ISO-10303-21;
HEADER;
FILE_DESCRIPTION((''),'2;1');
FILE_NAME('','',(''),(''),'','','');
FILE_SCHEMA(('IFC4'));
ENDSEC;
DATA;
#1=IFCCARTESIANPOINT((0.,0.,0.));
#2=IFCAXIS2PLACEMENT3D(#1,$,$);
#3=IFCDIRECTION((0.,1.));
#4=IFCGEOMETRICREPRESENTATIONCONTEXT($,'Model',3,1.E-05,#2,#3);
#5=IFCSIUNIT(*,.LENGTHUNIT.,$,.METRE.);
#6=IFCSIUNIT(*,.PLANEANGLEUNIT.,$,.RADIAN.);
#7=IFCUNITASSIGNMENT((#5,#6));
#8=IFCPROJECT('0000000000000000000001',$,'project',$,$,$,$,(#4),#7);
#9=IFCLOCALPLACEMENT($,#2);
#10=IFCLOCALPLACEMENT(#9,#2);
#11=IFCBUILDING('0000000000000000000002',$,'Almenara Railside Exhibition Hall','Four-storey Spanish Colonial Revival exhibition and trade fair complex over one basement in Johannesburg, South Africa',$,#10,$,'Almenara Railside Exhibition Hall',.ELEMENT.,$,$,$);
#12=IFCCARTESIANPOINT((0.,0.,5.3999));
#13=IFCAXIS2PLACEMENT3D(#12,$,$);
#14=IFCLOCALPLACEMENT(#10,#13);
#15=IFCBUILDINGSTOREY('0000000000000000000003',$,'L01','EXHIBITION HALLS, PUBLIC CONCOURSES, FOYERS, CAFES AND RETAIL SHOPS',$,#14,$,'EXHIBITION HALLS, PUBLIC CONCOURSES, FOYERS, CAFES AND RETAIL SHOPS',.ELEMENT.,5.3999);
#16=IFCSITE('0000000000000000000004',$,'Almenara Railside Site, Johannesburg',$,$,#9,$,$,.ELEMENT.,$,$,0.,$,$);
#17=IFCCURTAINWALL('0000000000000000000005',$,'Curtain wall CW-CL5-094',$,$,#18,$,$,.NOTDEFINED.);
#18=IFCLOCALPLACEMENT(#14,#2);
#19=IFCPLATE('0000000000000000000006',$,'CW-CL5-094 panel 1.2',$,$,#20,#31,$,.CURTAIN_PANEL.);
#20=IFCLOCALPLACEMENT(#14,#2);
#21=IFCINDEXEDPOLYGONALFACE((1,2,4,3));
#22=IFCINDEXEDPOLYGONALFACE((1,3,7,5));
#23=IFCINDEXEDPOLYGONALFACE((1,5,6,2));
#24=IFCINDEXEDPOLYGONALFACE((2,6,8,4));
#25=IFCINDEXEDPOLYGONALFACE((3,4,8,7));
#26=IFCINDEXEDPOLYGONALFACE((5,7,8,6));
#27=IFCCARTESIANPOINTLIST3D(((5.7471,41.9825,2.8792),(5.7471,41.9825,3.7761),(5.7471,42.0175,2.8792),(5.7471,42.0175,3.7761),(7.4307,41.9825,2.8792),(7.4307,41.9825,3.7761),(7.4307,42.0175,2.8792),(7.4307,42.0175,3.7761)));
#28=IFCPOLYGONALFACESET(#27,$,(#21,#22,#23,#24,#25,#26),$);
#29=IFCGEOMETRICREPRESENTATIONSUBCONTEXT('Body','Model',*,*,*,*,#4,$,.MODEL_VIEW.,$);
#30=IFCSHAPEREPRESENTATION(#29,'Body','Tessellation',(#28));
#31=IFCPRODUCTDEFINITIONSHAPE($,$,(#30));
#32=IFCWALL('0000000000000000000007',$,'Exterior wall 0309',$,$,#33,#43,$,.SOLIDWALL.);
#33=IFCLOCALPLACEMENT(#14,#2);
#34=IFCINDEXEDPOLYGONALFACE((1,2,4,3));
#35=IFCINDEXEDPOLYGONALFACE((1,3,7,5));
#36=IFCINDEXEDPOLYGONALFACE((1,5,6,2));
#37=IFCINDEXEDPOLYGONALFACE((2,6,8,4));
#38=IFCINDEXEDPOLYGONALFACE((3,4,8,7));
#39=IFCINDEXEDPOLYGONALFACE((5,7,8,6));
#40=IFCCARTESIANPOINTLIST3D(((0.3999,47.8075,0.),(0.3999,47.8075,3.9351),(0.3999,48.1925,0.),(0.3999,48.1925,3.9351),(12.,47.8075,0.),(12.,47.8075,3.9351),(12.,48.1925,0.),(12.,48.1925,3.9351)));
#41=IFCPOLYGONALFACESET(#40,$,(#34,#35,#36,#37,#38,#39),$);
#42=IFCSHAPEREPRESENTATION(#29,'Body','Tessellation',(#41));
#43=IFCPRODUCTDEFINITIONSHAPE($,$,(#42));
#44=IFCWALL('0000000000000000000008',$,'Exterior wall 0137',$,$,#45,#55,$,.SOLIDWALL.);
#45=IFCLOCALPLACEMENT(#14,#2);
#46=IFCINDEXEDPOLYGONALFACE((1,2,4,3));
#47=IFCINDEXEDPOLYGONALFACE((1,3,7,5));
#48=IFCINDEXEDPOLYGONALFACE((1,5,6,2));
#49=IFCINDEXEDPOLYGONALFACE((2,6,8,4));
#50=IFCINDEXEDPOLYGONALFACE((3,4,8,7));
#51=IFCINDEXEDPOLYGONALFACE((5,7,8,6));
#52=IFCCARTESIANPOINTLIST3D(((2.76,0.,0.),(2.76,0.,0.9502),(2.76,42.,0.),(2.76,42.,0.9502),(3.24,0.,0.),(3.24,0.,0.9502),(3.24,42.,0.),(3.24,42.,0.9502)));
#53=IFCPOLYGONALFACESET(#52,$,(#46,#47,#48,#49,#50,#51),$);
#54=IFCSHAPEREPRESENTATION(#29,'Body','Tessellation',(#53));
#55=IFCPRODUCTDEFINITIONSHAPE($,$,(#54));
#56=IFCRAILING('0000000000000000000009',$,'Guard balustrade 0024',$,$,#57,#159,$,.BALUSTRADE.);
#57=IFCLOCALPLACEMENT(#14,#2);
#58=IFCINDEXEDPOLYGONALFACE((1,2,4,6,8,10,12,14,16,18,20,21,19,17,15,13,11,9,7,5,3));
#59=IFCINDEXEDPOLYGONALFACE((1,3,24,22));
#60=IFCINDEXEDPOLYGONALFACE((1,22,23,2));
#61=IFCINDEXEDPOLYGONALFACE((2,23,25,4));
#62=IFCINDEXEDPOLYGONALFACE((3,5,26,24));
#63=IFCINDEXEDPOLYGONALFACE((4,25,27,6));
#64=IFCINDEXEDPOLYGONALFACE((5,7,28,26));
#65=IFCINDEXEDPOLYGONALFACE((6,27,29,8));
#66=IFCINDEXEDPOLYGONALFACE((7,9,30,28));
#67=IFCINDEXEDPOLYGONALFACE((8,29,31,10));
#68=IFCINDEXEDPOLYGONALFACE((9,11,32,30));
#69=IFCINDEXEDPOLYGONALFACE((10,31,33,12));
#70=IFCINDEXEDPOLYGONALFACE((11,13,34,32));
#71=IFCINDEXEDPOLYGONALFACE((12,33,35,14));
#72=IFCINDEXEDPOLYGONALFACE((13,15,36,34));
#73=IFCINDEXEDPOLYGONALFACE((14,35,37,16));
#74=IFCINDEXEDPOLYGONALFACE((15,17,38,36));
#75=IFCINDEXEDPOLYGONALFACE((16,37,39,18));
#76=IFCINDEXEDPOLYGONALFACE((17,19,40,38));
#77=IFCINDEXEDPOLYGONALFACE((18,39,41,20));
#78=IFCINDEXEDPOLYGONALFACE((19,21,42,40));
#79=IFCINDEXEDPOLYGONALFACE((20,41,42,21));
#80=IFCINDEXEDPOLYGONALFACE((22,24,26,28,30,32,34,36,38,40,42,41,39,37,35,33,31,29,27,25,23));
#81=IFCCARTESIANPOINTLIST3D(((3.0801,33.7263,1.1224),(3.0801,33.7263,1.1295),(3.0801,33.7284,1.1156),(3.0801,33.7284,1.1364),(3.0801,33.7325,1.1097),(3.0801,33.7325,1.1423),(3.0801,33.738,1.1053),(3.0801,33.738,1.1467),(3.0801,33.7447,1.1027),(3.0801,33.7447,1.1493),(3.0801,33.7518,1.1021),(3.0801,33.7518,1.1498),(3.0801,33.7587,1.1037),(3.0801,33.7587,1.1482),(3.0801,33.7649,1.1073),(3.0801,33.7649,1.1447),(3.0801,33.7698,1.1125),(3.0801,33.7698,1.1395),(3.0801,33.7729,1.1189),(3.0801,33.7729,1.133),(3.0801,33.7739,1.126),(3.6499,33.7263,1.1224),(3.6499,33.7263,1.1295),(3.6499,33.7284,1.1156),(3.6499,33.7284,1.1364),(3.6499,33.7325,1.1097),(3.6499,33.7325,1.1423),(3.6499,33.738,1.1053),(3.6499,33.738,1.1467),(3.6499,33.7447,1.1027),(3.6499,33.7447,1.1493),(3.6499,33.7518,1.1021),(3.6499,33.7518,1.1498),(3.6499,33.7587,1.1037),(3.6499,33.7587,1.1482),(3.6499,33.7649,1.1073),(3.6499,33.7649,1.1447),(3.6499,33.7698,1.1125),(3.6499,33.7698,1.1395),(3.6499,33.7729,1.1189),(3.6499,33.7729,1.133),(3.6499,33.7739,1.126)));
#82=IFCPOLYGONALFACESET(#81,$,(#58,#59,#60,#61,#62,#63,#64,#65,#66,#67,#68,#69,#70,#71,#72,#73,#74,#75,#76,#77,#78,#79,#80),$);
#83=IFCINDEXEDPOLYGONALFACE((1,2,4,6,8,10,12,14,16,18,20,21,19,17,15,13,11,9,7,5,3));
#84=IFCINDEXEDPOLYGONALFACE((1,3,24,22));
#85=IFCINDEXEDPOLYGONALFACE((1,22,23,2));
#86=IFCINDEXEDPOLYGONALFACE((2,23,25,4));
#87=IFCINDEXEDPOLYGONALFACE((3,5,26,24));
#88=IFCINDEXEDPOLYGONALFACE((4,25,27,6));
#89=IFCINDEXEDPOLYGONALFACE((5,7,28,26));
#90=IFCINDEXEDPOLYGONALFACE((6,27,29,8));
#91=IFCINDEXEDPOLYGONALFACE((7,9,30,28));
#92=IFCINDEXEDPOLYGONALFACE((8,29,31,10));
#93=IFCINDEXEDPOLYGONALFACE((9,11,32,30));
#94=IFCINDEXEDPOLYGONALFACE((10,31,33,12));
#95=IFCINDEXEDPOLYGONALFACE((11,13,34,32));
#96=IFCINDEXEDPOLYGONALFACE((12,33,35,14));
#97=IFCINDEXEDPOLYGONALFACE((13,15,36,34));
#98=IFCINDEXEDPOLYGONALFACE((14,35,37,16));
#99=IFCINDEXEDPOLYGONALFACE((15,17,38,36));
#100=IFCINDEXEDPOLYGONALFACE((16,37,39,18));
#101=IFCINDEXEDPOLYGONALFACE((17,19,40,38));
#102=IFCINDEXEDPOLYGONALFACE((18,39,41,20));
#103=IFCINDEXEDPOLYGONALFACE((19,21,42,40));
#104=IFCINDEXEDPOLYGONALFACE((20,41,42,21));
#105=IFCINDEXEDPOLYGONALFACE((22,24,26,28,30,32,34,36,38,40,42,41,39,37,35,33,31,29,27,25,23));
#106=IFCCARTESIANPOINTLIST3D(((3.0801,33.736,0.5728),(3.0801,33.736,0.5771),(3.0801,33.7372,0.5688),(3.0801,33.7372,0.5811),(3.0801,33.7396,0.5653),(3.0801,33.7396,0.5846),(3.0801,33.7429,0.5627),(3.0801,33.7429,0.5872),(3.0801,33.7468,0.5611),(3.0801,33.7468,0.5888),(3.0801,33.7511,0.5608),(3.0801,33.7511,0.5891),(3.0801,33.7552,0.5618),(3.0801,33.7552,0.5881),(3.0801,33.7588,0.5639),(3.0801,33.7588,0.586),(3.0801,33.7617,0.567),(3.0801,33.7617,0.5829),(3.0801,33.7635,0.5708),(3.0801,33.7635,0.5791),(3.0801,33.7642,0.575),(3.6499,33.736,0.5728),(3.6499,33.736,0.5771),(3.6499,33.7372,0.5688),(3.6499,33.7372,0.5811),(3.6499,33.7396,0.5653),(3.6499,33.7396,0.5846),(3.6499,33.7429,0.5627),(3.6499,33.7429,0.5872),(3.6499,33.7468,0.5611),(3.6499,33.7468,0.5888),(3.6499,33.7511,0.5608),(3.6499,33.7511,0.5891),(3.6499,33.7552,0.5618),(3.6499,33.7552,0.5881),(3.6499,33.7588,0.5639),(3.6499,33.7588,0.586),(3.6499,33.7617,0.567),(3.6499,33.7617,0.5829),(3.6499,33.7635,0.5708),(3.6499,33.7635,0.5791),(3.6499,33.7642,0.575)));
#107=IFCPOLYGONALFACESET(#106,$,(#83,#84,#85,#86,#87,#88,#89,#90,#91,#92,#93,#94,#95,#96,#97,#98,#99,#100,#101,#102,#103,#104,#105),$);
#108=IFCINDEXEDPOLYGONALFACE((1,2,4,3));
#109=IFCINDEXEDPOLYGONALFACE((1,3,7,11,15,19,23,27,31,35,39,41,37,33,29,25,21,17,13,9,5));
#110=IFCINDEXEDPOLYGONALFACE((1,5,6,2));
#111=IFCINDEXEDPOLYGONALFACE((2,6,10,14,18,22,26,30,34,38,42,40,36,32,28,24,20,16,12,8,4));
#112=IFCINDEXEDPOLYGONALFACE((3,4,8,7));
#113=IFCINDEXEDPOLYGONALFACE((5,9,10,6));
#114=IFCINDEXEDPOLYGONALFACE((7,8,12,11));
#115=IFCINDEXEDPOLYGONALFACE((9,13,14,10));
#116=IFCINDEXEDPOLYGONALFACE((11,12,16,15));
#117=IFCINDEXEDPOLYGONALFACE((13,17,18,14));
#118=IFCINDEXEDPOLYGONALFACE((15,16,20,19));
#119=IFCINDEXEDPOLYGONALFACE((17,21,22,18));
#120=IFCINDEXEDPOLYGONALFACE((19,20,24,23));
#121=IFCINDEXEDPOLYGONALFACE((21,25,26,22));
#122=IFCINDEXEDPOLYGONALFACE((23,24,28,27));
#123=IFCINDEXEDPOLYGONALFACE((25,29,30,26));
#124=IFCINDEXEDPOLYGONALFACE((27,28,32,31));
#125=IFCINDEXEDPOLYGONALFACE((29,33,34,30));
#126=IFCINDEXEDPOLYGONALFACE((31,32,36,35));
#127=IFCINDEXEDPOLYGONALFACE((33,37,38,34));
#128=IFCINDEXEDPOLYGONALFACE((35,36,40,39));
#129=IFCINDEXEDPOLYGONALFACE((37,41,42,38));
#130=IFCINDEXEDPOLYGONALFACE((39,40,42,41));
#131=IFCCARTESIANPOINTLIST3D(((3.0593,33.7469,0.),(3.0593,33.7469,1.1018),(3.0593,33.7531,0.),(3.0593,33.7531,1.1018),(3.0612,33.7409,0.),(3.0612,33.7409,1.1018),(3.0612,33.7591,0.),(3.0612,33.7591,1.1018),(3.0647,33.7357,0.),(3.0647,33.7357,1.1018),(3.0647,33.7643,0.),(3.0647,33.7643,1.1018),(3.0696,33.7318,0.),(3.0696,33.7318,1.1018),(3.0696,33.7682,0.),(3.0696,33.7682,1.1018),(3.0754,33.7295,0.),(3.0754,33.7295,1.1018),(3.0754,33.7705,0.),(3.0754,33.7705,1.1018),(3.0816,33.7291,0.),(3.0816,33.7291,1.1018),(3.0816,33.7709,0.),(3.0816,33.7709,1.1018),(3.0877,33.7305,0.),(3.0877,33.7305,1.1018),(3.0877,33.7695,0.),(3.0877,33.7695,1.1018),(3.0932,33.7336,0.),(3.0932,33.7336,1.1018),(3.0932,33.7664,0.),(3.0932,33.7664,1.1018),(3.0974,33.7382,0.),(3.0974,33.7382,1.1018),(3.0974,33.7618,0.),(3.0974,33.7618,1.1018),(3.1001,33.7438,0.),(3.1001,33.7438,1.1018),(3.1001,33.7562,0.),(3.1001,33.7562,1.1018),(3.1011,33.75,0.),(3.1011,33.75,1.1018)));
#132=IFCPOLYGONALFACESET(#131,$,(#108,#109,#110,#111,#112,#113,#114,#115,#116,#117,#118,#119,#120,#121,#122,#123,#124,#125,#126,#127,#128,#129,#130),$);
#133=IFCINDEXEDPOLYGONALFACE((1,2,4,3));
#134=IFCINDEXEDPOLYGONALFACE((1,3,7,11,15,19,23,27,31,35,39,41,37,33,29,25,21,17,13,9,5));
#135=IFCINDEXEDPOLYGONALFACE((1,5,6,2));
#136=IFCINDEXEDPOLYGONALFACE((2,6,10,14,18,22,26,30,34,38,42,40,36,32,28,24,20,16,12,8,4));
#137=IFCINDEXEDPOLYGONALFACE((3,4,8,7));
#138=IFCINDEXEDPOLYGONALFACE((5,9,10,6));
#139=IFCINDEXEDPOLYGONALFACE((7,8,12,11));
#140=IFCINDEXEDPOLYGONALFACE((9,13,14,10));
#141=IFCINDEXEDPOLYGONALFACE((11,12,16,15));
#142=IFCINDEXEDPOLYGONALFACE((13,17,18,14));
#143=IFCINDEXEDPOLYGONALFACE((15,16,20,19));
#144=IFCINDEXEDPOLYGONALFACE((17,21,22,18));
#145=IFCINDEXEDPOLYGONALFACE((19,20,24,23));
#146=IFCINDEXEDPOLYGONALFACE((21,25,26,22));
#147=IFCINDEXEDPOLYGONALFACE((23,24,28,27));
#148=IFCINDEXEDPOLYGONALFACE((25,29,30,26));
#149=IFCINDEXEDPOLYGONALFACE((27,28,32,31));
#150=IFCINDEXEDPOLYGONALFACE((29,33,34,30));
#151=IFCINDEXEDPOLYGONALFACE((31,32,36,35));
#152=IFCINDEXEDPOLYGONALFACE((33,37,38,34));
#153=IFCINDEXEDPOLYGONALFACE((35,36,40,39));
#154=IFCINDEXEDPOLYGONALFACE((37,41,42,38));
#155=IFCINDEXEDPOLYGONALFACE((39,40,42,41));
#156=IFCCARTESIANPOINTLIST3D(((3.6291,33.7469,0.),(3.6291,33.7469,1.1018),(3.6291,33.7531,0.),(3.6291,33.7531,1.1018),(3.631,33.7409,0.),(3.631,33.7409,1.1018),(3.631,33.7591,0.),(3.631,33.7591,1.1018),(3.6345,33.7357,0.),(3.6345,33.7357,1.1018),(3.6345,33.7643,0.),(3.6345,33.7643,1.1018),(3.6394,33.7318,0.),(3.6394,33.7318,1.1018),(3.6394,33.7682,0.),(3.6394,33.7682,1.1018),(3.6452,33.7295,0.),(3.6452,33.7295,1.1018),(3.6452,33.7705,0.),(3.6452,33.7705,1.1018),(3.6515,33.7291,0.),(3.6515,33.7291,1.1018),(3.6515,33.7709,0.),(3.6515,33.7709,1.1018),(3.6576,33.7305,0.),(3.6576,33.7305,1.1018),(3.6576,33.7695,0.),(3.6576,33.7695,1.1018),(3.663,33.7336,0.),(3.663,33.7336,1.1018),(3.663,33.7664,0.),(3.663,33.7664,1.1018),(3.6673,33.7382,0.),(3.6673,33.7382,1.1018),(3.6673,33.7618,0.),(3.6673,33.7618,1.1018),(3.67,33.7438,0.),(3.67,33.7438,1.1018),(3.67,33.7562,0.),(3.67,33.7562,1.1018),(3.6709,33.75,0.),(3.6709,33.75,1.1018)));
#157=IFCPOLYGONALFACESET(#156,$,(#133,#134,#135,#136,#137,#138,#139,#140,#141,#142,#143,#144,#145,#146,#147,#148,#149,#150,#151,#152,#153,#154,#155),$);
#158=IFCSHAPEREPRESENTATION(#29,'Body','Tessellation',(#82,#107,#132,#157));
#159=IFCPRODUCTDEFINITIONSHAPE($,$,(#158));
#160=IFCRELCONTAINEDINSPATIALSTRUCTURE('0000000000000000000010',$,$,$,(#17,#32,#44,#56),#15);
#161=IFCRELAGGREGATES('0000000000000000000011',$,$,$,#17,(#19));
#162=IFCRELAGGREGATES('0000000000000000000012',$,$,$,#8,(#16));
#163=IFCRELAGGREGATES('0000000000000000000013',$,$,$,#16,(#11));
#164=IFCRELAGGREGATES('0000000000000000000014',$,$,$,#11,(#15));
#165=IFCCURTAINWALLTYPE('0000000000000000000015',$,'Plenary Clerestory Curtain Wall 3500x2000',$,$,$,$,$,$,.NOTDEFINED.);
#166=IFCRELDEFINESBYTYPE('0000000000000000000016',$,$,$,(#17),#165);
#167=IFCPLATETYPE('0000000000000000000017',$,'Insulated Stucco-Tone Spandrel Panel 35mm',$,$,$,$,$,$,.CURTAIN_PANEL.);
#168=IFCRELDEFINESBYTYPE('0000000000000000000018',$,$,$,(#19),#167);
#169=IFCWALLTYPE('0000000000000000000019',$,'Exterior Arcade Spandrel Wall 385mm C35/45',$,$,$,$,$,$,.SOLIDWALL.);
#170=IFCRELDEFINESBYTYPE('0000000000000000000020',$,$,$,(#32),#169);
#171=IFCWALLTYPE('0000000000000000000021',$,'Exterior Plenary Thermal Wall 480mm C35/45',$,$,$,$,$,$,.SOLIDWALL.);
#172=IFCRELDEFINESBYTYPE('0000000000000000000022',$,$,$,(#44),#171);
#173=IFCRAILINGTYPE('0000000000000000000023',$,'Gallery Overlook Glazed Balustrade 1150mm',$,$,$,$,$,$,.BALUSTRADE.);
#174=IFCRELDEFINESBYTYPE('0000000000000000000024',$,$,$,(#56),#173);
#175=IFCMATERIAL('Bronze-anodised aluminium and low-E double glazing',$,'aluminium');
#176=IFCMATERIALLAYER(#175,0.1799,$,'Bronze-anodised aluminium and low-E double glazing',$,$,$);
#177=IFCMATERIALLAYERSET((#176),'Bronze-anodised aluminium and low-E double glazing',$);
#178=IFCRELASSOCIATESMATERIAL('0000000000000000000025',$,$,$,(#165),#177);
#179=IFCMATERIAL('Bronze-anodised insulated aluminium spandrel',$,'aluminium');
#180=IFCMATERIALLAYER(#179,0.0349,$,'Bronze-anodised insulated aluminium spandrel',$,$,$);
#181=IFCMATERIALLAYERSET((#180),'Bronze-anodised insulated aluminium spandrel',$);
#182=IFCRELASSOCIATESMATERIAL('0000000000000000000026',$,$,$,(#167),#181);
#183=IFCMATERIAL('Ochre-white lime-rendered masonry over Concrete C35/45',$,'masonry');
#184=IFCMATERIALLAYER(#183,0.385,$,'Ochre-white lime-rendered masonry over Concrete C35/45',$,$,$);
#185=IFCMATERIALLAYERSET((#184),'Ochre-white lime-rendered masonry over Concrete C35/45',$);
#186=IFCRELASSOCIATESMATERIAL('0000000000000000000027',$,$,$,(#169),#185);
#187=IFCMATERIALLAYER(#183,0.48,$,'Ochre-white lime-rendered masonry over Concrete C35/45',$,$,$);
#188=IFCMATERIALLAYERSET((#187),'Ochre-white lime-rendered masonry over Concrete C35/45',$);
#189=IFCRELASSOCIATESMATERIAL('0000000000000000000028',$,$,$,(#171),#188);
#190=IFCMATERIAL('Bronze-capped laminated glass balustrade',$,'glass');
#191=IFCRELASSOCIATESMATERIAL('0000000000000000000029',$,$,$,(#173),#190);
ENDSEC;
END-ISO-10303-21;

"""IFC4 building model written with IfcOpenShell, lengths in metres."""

from ifc_helpers import new_model, si_unit, direction, frame, frame_2d, origin, origin_2d, place, context, subcontext, project, spatial, rectangle, circle, extrude, material, layer, layer_set, type_object, element, aggregate, save


model = new_model("IFC4")

# Units and contexts
model_context = context("Model", 3, precision=1e-05, world=origin(), true_north=direction((0.0, 1.0)))
body_context = subcontext(model_context, "Body", "Model", "MODEL_VIEW")
ifc_project = project(units=[si_unit("LENGTHUNIT", "METRE"), si_unit("PLANEANGLEUNIT", "RADIAN")], contexts=[model_context])

# Site, building, storey
site_placement = place(None, origin())
site = spatial("IfcSite", under=ifc_project, at=site_placement, Name="Almenara Railside Site, Johannesburg", CompositionType="ELEMENT", RefElevation=0.0)
building_placement = place(site_placement, origin())
building = spatial("IfcBuilding", under=site, at=building_placement, Name="Almenara Railside Exhibition Hall", Description="Four-storey Spanish Colonial Revival exhibition and trade fair complex over one basement in Johannesburg, South Africa", LongName="Almenara Railside Exhibition Hall", CompositionType="ELEMENT")
storey_placement = place(building_placement, frame((0.0, 0.0, 5.3999)))
storey = spatial("IfcBuildingStorey", under=building, at=storey_placement, Name="L01", Description="EXHIBITION HALLS, PUBLIC CONCOURSES, FOYERS, CAFES AND RETAIL SHOPS", LongName="EXHIBITION HALLS, PUBLIC CONCOURSES, FOYERS, CAFES AND RETAIL SHOPS", CompositionType="ELEMENT", Elevation=5.3999)

# Curtain wall
ifc_material_1 = material(Name="Bronze-anodised aluminium and low-E double glazing", Category="aluminium")
ifc_layer_1 = layer(ifc_material_1, 0.1799, Name="Bronze-anodised aluminium and low-E double glazing")
ifc_layer_set_1 = layer_set([ifc_layer_1], Name="Bronze-anodised aluminium and low-E double glazing")
curtain_wall_type_1 = type_object("IfcCurtainWallType", Name="Plenary Clerestory Curtain Wall 3500x2000", PredefinedType="NOTDEFINED", material=ifc_layer_set_1)
curtain_wall_1_placement = place(storey_placement, origin())
curtain_wall_1 = element("IfcCurtainWall", 1, at=curtain_wall_1_placement, inside=storey, type_object=curtain_wall_type_1, Name="Curtain wall CW-CL5-094", PredefinedType="NOTDEFINED")

# Plate
ifc_material_2 = material(Name="Bronze-anodised insulated aluminium spandrel", Category="aluminium")
ifc_layer_2 = layer(ifc_material_2, 0.0349, Name="Bronze-anodised insulated aluminium spandrel")
ifc_layer_set_2 = layer_set([ifc_layer_2], Name="Bronze-anodised insulated aluminium spandrel")
plate_type_1 = type_object("IfcPlateType", Name="Insulated Stucco-Tone Spandrel Panel 35mm", PredefinedType="CURTAIN_PANEL", material=ifc_layer_set_2)
plate_1_placement = place(storey_placement, frame((6.5889, 42.0, 2.8792), z_axis=(0.0, 0.0, 1.0), x_axis=(1.0, 0.0, 0.0)))
plate_1 = element("IfcPlate", 2, at=plate_1_placement, type_object=plate_type_1, Name="CW-CL5-094 panel 1.2", PredefinedType="CURTAIN_PANEL", context=body_context, shape_type="SweptSolid", body=[
    extrude(rectangle(XDim=1.6836, YDim=0.0349, at=origin_2d()), origin(), (0.0, 0.0, 1.0), 0.897),
])
aggregate(curtain_wall_1, [plate_1])

# Walls
ifc_material_3 = material(Name="Ochre-white lime-rendered masonry over Concrete C35/45", Category="masonry")
ifc_layer_3 = layer(ifc_material_3, 0.385, Name="Ochre-white lime-rendered masonry over Concrete C35/45")
ifc_layer_set_3 = layer_set([ifc_layer_3], Name="Ochre-white lime-rendered masonry over Concrete C35/45")
wall_type_1 = type_object("IfcWallType", Name="Exterior Arcade Spandrel Wall 385mm C35/45", PredefinedType="SOLIDWALL", material=ifc_layer_set_3)
wall_1_placement = place(storey_placement, frame((0.3999, 48.0, 0.0), z_axis=(0.0, 0.0, 1.0), x_axis=(1.0, 0.0, 0.0)))
element("IfcWall", 3, at=wall_1_placement, inside=storey, type_object=wall_type_1, Name="Exterior wall 0309", PredefinedType="SOLIDWALL", context=body_context, shape_type="SweptSolid", body=[
    extrude(rectangle(XDim=11.6001, YDim=0.385, at=frame_2d((5.8, 0.0))), origin(), (0.0, 0.0, 1.0), 3.9351),
])
ifc_layer_4 = layer(ifc_material_3, 0.48, Name="Ochre-white lime-rendered masonry over Concrete C35/45")
ifc_layer_set_4 = layer_set([ifc_layer_4], Name="Ochre-white lime-rendered masonry over Concrete C35/45")
wall_type_2 = type_object("IfcWallType", Name="Exterior Plenary Thermal Wall 480mm C35/45", PredefinedType="SOLIDWALL", material=ifc_layer_set_4)
wall_2_placement = place(storey_placement, frame((3.0, 42.0, 0.0), z_axis=(0.0, 0.0, 1.0), x_axis=(0.0, -1.0, 0.0)))
element("IfcWall", 4, at=wall_2_placement, inside=storey, type_object=wall_type_2, Name="Exterior wall 0137", PredefinedType="SOLIDWALL", context=body_context, shape_type="SweptSolid", body=[
    extrude(rectangle(XDim=42.0, YDim=0.48, at=frame_2d((21.0, 0.0))), origin(), (0.0, 0.0, 1.0), 0.9502),
])

# Railing
ifc_material_4 = material(Name="Bronze-capped laminated glass balustrade", Category="glass")
railing_type = type_object("IfcRailingType", Name="Gallery Overlook Glazed Balustrade 1150mm", PredefinedType="BALUSTRADE", material=ifc_material_4)
railing_placement = place(storey_placement, frame((3.0801, 33.75, 0.0)))
element("IfcRailing", 5, at=railing_placement, inside=storey, type_object=railing_type, Name="Guard balustrade 0024", PredefinedType="BALUSTRADE", context=body_context, shape_type="SweptSolid", body=[
    extrude(circle(Radius=0.0239, at=origin_2d()), frame((0.0, 0.0, 1.126), z_axis=(1.0, 0.0, 0.0), x_axis=(0.0, 1.0, 0.0)), (0.0, 0.0, 1.0), 0.5698),
    extrude(circle(Radius=0.0142, at=origin_2d()), frame((0.0, 0.0, 0.575), z_axis=(1.0, 0.0, 0.0), x_axis=(0.0, 1.0, 0.0)), (0.0, 0.0, 1.0), 0.5698),
    extrude(circle(Radius=0.021, at=origin_2d()), origin(), (0.0, 0.0, 1.0), 1.1018),
    extrude(circle(Radius=0.021, at=origin_2d()), frame((0.5698, 0.0, 0.0)), (0.0, 0.0, 1.0), 1.1018),
])

save(model, "model.ifc")
